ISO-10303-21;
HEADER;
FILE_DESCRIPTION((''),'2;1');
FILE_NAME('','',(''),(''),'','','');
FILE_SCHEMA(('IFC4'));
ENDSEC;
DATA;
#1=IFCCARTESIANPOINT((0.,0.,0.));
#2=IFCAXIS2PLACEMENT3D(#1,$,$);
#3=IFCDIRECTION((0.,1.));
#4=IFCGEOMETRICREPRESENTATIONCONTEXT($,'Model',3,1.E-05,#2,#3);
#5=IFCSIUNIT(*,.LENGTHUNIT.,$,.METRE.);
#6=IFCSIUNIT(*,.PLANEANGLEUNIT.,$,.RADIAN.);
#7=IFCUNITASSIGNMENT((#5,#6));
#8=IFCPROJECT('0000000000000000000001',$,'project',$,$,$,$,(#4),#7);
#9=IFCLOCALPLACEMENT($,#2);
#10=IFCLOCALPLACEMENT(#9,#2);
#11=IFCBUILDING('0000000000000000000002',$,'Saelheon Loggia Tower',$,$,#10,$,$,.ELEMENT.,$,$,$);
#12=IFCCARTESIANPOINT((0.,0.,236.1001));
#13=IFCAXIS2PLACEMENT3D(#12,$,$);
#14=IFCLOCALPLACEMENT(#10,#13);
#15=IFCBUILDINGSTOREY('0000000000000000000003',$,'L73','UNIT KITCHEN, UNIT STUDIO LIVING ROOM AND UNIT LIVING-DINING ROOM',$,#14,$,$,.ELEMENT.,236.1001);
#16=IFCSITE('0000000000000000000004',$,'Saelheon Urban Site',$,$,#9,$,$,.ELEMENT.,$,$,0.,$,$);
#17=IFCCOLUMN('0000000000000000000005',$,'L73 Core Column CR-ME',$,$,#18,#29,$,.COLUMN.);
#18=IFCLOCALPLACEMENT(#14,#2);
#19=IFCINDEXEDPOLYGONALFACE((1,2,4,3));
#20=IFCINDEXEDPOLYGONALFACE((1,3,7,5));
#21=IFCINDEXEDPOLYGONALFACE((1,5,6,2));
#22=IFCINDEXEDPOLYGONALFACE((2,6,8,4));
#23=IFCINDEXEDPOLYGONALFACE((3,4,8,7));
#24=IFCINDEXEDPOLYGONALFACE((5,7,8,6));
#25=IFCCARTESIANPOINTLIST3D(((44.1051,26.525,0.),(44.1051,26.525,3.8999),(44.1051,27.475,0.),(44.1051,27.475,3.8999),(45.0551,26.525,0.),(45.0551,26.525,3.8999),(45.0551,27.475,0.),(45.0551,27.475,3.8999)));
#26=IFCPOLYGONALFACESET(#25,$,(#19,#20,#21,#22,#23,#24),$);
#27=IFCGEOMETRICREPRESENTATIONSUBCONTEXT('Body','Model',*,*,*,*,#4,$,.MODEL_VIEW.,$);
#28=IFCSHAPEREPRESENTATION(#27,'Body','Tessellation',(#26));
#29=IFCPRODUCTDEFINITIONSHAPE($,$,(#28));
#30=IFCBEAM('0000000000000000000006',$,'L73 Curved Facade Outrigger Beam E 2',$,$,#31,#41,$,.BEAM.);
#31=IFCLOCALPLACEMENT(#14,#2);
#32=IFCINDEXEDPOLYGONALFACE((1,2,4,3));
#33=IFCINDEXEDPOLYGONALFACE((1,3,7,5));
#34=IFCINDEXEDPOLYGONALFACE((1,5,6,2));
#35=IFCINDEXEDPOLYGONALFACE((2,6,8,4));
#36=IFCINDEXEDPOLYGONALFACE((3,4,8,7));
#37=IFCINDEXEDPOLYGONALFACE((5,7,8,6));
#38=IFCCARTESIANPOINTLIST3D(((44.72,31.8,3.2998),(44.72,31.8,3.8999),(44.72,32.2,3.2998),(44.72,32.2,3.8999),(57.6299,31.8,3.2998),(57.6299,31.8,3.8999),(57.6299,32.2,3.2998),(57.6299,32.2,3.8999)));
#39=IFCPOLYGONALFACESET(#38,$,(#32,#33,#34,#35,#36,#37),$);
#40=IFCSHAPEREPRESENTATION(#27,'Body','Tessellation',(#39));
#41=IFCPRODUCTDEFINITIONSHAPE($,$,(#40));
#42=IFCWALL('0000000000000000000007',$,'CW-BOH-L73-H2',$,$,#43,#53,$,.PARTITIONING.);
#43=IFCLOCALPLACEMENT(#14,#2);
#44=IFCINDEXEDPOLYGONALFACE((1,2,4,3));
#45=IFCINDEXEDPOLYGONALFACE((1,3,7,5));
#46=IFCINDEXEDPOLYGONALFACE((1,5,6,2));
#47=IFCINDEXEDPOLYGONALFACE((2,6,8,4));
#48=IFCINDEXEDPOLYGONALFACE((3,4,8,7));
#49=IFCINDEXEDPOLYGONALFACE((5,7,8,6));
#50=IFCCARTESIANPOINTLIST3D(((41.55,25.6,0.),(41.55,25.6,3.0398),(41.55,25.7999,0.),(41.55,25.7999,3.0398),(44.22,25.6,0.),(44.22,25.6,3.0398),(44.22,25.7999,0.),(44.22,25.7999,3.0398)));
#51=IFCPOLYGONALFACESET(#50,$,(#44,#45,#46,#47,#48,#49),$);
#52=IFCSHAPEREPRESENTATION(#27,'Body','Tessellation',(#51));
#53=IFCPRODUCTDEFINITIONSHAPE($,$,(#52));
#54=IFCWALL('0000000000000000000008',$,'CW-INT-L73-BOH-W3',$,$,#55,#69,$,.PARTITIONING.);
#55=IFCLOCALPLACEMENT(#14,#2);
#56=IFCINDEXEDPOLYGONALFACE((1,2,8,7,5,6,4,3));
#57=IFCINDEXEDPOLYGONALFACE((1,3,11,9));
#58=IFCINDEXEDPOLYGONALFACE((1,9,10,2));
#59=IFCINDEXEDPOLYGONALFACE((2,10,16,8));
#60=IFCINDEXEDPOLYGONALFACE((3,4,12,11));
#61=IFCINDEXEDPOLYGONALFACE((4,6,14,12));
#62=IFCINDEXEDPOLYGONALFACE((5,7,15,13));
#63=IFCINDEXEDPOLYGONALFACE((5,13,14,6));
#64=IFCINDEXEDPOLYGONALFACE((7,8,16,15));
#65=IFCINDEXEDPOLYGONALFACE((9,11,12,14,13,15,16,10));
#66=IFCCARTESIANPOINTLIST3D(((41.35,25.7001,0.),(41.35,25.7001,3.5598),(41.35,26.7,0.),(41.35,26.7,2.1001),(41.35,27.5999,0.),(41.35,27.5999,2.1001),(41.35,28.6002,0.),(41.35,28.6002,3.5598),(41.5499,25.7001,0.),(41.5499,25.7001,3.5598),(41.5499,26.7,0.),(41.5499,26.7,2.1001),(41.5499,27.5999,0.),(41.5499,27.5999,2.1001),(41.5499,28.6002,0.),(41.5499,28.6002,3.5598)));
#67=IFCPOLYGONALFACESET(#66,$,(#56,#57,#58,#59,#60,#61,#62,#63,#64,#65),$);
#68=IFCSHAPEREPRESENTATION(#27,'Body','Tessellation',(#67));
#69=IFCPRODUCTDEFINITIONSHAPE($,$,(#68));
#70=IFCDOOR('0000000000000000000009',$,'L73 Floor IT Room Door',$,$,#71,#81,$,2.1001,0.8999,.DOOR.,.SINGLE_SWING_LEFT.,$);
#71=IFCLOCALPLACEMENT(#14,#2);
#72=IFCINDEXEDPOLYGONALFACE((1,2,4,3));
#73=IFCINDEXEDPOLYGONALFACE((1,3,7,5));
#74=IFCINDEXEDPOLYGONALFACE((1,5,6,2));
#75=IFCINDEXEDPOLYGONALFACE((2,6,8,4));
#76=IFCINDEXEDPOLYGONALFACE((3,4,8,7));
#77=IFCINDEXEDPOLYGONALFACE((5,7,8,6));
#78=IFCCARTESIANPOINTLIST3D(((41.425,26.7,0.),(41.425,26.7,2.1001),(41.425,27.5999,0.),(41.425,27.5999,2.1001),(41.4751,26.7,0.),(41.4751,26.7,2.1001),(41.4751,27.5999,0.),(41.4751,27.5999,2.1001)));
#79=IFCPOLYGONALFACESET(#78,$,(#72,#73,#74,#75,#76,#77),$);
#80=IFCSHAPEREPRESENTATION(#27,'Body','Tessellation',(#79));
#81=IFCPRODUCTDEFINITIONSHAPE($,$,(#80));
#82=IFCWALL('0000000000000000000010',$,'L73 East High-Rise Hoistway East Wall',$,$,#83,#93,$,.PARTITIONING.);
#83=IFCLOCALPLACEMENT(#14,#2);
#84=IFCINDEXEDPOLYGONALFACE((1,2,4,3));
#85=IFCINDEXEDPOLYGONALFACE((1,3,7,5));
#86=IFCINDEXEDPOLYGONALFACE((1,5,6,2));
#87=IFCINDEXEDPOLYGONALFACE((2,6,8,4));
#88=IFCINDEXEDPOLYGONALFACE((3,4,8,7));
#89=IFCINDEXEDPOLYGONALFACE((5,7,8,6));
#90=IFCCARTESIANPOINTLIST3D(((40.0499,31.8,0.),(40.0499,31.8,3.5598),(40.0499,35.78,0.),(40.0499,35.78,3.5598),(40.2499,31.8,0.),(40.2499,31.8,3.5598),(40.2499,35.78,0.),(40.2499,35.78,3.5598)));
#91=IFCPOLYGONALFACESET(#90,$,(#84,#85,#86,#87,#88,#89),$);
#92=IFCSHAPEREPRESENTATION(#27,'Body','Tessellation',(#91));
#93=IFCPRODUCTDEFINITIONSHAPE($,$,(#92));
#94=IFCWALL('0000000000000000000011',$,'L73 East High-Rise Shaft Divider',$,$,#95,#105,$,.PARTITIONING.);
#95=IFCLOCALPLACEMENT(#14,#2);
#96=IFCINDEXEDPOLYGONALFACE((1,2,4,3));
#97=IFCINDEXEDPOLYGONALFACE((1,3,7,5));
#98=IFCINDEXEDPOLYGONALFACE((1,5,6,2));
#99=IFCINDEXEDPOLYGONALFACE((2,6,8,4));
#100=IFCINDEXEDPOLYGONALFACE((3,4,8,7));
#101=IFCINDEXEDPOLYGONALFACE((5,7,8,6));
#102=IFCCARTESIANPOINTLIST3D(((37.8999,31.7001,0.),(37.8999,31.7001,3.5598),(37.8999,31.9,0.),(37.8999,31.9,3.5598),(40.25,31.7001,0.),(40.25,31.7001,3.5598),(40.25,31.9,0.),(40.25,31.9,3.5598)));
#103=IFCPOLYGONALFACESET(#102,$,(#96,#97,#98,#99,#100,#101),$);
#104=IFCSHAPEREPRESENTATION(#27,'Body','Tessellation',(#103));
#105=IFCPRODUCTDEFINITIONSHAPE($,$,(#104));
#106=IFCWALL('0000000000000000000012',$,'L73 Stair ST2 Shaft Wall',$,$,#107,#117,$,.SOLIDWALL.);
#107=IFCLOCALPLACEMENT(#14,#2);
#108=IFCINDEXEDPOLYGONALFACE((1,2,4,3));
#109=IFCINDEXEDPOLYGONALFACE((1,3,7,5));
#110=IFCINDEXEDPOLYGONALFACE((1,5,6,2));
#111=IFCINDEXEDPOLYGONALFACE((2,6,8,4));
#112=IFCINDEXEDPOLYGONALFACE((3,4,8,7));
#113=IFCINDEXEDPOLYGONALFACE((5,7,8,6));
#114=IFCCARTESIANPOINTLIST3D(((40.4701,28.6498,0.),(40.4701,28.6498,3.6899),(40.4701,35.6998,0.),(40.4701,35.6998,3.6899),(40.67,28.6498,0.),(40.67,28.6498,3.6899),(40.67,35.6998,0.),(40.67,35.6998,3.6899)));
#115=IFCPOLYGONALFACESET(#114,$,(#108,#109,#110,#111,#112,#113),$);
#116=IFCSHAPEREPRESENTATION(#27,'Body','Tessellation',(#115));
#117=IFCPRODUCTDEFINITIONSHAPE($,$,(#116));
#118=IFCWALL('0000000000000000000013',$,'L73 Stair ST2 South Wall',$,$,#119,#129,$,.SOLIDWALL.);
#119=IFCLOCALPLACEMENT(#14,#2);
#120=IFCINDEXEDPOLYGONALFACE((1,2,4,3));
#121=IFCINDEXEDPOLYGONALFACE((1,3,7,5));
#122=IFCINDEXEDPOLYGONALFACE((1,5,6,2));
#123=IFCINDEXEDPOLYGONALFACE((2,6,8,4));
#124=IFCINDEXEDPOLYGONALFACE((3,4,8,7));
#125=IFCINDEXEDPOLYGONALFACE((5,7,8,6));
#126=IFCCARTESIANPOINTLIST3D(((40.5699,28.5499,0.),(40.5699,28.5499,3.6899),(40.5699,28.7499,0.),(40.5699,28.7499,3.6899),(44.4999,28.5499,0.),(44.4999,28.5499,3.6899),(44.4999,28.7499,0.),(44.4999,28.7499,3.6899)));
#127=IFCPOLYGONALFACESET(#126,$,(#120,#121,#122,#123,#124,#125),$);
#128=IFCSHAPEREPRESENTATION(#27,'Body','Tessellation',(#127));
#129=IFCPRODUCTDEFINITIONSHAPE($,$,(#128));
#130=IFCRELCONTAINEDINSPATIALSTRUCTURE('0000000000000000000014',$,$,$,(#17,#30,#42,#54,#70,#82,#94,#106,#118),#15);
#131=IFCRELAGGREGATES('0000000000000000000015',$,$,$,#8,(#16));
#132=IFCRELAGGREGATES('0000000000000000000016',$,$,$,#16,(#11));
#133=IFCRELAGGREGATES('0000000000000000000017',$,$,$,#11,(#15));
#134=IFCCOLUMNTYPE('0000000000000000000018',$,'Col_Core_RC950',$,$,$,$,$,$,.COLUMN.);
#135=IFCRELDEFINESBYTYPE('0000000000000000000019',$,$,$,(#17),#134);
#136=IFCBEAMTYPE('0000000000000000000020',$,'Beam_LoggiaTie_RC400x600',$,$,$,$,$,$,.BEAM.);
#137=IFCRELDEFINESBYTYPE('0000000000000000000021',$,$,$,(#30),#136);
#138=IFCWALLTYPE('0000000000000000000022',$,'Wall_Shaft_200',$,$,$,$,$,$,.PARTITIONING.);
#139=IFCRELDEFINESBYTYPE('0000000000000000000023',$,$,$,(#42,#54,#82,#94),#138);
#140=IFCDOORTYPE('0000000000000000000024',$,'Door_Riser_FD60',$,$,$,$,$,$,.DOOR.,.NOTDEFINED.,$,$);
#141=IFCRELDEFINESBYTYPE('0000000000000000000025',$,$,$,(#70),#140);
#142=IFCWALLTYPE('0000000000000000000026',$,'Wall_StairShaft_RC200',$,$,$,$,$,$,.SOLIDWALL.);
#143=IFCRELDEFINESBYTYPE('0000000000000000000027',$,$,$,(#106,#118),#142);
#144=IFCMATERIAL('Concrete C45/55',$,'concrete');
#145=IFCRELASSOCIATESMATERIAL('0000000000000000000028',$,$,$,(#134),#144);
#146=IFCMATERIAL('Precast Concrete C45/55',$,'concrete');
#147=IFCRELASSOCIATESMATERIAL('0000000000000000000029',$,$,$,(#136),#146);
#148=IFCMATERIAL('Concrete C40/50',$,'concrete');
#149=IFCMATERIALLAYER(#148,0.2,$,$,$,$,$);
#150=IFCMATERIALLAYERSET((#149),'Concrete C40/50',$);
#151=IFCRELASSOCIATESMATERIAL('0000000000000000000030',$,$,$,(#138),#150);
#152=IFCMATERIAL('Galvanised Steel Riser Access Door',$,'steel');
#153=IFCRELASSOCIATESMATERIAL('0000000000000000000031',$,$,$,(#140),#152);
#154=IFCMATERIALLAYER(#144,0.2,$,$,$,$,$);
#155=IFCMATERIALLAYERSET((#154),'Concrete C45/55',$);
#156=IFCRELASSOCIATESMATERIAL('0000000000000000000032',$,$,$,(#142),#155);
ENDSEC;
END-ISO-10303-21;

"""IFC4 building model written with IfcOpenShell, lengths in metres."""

from ifc_helpers import new_model, si_unit, direction, frame, frame_2d, origin, origin_2d, place, context, subcontext, project, spatial, rectangle, extrude, source, transform, mapped, material, layer, layer_set, material_profile, profile_set, type_object, element, fill, save


model = new_model("IFC4")

# Units and contexts
model_context = context("Model", 3, precision=1e-05, world=origin(), true_north=direction((0.0, 1.0)))
body_context = subcontext(model_context, "Body", "Model", "MODEL_VIEW")
ifc_project = project(units=[si_unit("LENGTHUNIT", "METRE"), si_unit("PLANEANGLEUNIT", "RADIAN")], contexts=[model_context])

# Site, building, storey
site_placement = place(None, origin())
site = spatial("IfcSite", under=ifc_project, at=site_placement, Name="Saelheon Urban Site", CompositionType="ELEMENT", RefElevation=0.0)
building_placement = place(site_placement, origin())
building = spatial("IfcBuilding", under=site, at=building_placement, Name="Saelheon Loggia Tower", CompositionType="ELEMENT")
storey_placement = place(building_placement, frame((0.0, 0.0, 236.1001)))
storey = spatial("IfcBuildingStorey", under=building, at=storey_placement, Name="L73", Description="UNIT KITCHEN, UNIT STUDIO LIVING ROOM AND UNIT LIVING-DINING ROOM", CompositionType="ELEMENT", Elevation=236.1001)

# Column
ifc_material_1 = material(Name="Concrete C45/55", Category="concrete")
ifc_material_profile_1 = material_profile(ifc_material_1, rectangle(XDim=0.95, YDim=0.95, at=origin_2d()), Name="RC-950x950")
ifc_profile_set_1 = profile_set([ifc_material_profile_1], Name="Concrete C45/55")
column_type = type_object("IfcColumnType", Name="Col_Core_RC950", PredefinedType="COLUMN", material=ifc_profile_set_1)
shared_shape_1 = source(origin(), body_context, "Body", "SweptSolid", [
    extrude(rectangle(XDim=0.95, YDim=0.95, at=origin_2d()), origin(), (0.0, 0.0, 1.0), 3.8999),
])
column_placement = place(storey_placement, frame((44.5801, 27.0, 0.0), z_axis=(0.0, 0.0, 1.0), x_axis=(1.0, 0.0, 0.0)))
element("IfcColumn", 1, at=column_placement, inside=storey, type_object=column_type, Name="L73 Core Column CR-ME", PredefinedType="COLUMN", context=body_context, shape_type="MappedRepresentation", body=[
    mapped(shared_shape_1, transform((0.0, 0.0, 0.0), scale=1.0)),
])

# Beam
ifc_material_2 = material(Name="Precast Concrete C45/55", Category="concrete")
ifc_material_profile_2 = material_profile(ifc_material_2, rectangle(XDim=0.3999, YDim=0.6001, at=origin_2d()), Name="RC-400x600")
ifc_profile_set_2 = profile_set([ifc_material_profile_2], Name="Precast Concrete C45/55")
beam_type = type_object("IfcBeamType", Name="Beam_LoggiaTie_RC400x600", PredefinedType="BEAM", material=ifc_profile_set_2)
shared_shape_2 = source(origin(), body_context, "Body", "SweptSolid", [
    extrude(rectangle(XDim=0.3999, YDim=0.6001, at=origin_2d()), origin(), (0.0, 0.0, 1.0), 12.9099),
])
beam_placement = place(storey_placement, frame((44.72, 32.0, 3.5999), z_axis=(1.0, 0.0, 0.0), x_axis=(0.0, 1.0, 0.0)))
element("IfcBeam", 2, at=beam_placement, inside=storey, type_object=beam_type, Name="L73 Curved Facade Outrigger Beam E 2", PredefinedType="BEAM", context=body_context, shape_type="MappedRepresentation", body=[
    mapped(shared_shape_2, transform((0.0, 0.0, 0.0), scale=1.0)),
])

# Wall
ifc_material_3 = material(Name="Concrete C40/50", Category="concrete")
ifc_layer_1 = layer(ifc_material_3, 0.2)
ifc_layer_set_1 = layer_set([ifc_layer_1], Name="Concrete C40/50")
wall_type_1 = type_object("IfcWallType", Name="Wall_Shaft_200", PredefinedType="PARTITIONING", material=ifc_layer_set_1)
wall_1_placement = place(storey_placement, frame((41.55, 25.7, 0.0), z_axis=(0.0, 0.0, 1.0), x_axis=(1.0, 0.0, 0.0)))
element("IfcWall", 3, at=wall_1_placement, inside=storey, type_object=wall_type_1, Name="CW-BOH-L73-H2", PredefinedType="PARTITIONING", context=body_context, shape_type="SweptSolid", body=[
    extrude(rectangle(XDim=2.6699, YDim=0.2, at=frame_2d((1.335, 0.0))), origin(), (0.0, 0.0, 1.0), 3.0398),
])

# Wall, opening, door
wall_2_placement = place(storey_placement, frame((41.45, 25.7, 0.0), z_axis=(0.0, 0.0, 1.0), x_axis=(0.0, 1.0, 0.0)))
wall_2 = element("IfcWall", 4, at=wall_2_placement, inside=storey, type_object=wall_type_1, Name="CW-INT-L73-BOH-W3", PredefinedType="PARTITIONING", context=body_context, shape_type="SweptSolid", body=[
    extrude(rectangle(XDim=2.9001, YDim=0.2, at=frame_2d((1.4502, 0.0))), origin(), (0.0, 0.0, 1.0), 3.5598),
])
opening_placement = place(wall_2_placement, frame((1.0, 0.0, 0.0)))
opening = element("IfcOpeningElement", 5, at=opening_placement, cuts=wall_2, PredefinedType="OPENING", context=body_context, shape_type="SweptSolid", body=[
    extrude(rectangle(XDim=0.8999, YDim=2.1001, at=frame_2d((0.45, 1.05))), frame((0.0, 0.1121, 0.0), z_axis=(0.0, -1.0, 0.0), x_axis=(1.0, 0.0, 0.0)), (0.0, 0.0, 1.0), 0.2239),
])
ifc_material_4 = material(Name="Galvanised Steel Riser Access Door", Category="steel")
door_type = type_object("IfcDoorType", Name="Door_Riser_FD60", OperationType="NOTDEFINED", PredefinedType="DOOR", material=ifc_material_4)
shared_shape_3 = source(origin(), body_context, "Body", "SweptSolid", [
    extrude(rectangle(XDim=0.8999, YDim=2.1001, at=frame_2d((0.45, 1.05))), frame((0.0, 0.0249, 0.0), z_axis=(0.0, -1.0, 0.0), x_axis=(1.0, 0.0, 0.0)), (0.0, 0.0, 1.0), 0.05),
])
door_placement = place(opening_placement, origin())
door = element("IfcDoor", 6, at=door_placement, inside=storey, type_object=door_type, Name="L73 Floor IT Room Door", OperationType="SINGLE_SWING_LEFT", OverallHeight=2.1001, OverallWidth=0.8999, PredefinedType="DOOR", context=body_context, shape_type="MappedRepresentation", body=[
    mapped(shared_shape_3, transform((0.0, 0.0, 0.0), scale=1.0)),
])
fill(opening, door)

# Walls
wall_3_placement = place(storey_placement, frame((40.1499, 31.8, 0.0), z_axis=(0.0, 0.0, 1.0), x_axis=(0.0, 1.0, 0.0)))
element("IfcWall", 7, at=wall_3_placement, inside=storey, type_object=wall_type_1, Name="L73 East High-Rise Hoistway East Wall", PredefinedType="PARTITIONING", context=body_context, shape_type="SweptSolid", body=[
    extrude(rectangle(XDim=3.98, YDim=0.2, at=frame_2d((1.99, 0.0))), origin(), (0.0, 0.0, 1.0), 3.5598),
])
wall_4_placement = place(storey_placement, frame((37.8999, 31.8, 0.0), z_axis=(0.0, 0.0, 1.0), x_axis=(1.0, 0.0, 0.0)))
element("IfcWall", 8, at=wall_4_placement, inside=storey, type_object=wall_type_1, Name="L73 East High-Rise Shaft Divider", PredefinedType="PARTITIONING", context=body_context, shape_type="SweptSolid", body=[
    extrude(rectangle(XDim=2.3501, YDim=0.2, at=frame_2d((1.175, 0.0))), origin(), (0.0, 0.0, 1.0), 3.5598),
])
ifc_layer_2 = layer(ifc_material_1, 0.2)
ifc_layer_set_2 = layer_set([ifc_layer_2], Name="Concrete C45/55")
wall_type_2 = type_object("IfcWallType", Name="Wall_StairShaft_RC200", PredefinedType="SOLIDWALL", material=ifc_layer_set_2)
wall_5_placement = place(storey_placement, frame((40.5701, 28.6499, 0.0), z_axis=(0.0, 0.0, 1.0), x_axis=(0.0, 1.0, 0.0)))
element("IfcWall", 9, at=wall_5_placement, inside=storey, type_object=wall_type_2, Name="L73 Stair ST2 Shaft Wall", PredefinedType="SOLIDWALL", context=body_context, shape_type="SweptSolid", body=[
    extrude(rectangle(XDim=7.05, YDim=0.2, at=frame_2d((3.5249, 0.0))), origin(), (0.0, 0.0, 1.0), 3.6899),
])
wall_6_placement = place(storey_placement, frame((40.5701, 28.6499, 0.0), z_axis=(0.0, 0.0, 1.0), x_axis=(1.0, 0.0, 0.0)))
element("IfcWall", 10, at=wall_6_placement, inside=storey, type_object=wall_type_2, Name="L73 Stair ST2 South Wall", PredefinedType="SOLIDWALL", context=body_context, shape_type="SweptSolid", body=[
    extrude(rectangle(XDim=3.9299, YDim=0.2, at=frame_2d((1.9648, 0.0))), origin(), (0.0, 0.0, 1.0), 3.6899),
])

save(model, "model.ifc")
